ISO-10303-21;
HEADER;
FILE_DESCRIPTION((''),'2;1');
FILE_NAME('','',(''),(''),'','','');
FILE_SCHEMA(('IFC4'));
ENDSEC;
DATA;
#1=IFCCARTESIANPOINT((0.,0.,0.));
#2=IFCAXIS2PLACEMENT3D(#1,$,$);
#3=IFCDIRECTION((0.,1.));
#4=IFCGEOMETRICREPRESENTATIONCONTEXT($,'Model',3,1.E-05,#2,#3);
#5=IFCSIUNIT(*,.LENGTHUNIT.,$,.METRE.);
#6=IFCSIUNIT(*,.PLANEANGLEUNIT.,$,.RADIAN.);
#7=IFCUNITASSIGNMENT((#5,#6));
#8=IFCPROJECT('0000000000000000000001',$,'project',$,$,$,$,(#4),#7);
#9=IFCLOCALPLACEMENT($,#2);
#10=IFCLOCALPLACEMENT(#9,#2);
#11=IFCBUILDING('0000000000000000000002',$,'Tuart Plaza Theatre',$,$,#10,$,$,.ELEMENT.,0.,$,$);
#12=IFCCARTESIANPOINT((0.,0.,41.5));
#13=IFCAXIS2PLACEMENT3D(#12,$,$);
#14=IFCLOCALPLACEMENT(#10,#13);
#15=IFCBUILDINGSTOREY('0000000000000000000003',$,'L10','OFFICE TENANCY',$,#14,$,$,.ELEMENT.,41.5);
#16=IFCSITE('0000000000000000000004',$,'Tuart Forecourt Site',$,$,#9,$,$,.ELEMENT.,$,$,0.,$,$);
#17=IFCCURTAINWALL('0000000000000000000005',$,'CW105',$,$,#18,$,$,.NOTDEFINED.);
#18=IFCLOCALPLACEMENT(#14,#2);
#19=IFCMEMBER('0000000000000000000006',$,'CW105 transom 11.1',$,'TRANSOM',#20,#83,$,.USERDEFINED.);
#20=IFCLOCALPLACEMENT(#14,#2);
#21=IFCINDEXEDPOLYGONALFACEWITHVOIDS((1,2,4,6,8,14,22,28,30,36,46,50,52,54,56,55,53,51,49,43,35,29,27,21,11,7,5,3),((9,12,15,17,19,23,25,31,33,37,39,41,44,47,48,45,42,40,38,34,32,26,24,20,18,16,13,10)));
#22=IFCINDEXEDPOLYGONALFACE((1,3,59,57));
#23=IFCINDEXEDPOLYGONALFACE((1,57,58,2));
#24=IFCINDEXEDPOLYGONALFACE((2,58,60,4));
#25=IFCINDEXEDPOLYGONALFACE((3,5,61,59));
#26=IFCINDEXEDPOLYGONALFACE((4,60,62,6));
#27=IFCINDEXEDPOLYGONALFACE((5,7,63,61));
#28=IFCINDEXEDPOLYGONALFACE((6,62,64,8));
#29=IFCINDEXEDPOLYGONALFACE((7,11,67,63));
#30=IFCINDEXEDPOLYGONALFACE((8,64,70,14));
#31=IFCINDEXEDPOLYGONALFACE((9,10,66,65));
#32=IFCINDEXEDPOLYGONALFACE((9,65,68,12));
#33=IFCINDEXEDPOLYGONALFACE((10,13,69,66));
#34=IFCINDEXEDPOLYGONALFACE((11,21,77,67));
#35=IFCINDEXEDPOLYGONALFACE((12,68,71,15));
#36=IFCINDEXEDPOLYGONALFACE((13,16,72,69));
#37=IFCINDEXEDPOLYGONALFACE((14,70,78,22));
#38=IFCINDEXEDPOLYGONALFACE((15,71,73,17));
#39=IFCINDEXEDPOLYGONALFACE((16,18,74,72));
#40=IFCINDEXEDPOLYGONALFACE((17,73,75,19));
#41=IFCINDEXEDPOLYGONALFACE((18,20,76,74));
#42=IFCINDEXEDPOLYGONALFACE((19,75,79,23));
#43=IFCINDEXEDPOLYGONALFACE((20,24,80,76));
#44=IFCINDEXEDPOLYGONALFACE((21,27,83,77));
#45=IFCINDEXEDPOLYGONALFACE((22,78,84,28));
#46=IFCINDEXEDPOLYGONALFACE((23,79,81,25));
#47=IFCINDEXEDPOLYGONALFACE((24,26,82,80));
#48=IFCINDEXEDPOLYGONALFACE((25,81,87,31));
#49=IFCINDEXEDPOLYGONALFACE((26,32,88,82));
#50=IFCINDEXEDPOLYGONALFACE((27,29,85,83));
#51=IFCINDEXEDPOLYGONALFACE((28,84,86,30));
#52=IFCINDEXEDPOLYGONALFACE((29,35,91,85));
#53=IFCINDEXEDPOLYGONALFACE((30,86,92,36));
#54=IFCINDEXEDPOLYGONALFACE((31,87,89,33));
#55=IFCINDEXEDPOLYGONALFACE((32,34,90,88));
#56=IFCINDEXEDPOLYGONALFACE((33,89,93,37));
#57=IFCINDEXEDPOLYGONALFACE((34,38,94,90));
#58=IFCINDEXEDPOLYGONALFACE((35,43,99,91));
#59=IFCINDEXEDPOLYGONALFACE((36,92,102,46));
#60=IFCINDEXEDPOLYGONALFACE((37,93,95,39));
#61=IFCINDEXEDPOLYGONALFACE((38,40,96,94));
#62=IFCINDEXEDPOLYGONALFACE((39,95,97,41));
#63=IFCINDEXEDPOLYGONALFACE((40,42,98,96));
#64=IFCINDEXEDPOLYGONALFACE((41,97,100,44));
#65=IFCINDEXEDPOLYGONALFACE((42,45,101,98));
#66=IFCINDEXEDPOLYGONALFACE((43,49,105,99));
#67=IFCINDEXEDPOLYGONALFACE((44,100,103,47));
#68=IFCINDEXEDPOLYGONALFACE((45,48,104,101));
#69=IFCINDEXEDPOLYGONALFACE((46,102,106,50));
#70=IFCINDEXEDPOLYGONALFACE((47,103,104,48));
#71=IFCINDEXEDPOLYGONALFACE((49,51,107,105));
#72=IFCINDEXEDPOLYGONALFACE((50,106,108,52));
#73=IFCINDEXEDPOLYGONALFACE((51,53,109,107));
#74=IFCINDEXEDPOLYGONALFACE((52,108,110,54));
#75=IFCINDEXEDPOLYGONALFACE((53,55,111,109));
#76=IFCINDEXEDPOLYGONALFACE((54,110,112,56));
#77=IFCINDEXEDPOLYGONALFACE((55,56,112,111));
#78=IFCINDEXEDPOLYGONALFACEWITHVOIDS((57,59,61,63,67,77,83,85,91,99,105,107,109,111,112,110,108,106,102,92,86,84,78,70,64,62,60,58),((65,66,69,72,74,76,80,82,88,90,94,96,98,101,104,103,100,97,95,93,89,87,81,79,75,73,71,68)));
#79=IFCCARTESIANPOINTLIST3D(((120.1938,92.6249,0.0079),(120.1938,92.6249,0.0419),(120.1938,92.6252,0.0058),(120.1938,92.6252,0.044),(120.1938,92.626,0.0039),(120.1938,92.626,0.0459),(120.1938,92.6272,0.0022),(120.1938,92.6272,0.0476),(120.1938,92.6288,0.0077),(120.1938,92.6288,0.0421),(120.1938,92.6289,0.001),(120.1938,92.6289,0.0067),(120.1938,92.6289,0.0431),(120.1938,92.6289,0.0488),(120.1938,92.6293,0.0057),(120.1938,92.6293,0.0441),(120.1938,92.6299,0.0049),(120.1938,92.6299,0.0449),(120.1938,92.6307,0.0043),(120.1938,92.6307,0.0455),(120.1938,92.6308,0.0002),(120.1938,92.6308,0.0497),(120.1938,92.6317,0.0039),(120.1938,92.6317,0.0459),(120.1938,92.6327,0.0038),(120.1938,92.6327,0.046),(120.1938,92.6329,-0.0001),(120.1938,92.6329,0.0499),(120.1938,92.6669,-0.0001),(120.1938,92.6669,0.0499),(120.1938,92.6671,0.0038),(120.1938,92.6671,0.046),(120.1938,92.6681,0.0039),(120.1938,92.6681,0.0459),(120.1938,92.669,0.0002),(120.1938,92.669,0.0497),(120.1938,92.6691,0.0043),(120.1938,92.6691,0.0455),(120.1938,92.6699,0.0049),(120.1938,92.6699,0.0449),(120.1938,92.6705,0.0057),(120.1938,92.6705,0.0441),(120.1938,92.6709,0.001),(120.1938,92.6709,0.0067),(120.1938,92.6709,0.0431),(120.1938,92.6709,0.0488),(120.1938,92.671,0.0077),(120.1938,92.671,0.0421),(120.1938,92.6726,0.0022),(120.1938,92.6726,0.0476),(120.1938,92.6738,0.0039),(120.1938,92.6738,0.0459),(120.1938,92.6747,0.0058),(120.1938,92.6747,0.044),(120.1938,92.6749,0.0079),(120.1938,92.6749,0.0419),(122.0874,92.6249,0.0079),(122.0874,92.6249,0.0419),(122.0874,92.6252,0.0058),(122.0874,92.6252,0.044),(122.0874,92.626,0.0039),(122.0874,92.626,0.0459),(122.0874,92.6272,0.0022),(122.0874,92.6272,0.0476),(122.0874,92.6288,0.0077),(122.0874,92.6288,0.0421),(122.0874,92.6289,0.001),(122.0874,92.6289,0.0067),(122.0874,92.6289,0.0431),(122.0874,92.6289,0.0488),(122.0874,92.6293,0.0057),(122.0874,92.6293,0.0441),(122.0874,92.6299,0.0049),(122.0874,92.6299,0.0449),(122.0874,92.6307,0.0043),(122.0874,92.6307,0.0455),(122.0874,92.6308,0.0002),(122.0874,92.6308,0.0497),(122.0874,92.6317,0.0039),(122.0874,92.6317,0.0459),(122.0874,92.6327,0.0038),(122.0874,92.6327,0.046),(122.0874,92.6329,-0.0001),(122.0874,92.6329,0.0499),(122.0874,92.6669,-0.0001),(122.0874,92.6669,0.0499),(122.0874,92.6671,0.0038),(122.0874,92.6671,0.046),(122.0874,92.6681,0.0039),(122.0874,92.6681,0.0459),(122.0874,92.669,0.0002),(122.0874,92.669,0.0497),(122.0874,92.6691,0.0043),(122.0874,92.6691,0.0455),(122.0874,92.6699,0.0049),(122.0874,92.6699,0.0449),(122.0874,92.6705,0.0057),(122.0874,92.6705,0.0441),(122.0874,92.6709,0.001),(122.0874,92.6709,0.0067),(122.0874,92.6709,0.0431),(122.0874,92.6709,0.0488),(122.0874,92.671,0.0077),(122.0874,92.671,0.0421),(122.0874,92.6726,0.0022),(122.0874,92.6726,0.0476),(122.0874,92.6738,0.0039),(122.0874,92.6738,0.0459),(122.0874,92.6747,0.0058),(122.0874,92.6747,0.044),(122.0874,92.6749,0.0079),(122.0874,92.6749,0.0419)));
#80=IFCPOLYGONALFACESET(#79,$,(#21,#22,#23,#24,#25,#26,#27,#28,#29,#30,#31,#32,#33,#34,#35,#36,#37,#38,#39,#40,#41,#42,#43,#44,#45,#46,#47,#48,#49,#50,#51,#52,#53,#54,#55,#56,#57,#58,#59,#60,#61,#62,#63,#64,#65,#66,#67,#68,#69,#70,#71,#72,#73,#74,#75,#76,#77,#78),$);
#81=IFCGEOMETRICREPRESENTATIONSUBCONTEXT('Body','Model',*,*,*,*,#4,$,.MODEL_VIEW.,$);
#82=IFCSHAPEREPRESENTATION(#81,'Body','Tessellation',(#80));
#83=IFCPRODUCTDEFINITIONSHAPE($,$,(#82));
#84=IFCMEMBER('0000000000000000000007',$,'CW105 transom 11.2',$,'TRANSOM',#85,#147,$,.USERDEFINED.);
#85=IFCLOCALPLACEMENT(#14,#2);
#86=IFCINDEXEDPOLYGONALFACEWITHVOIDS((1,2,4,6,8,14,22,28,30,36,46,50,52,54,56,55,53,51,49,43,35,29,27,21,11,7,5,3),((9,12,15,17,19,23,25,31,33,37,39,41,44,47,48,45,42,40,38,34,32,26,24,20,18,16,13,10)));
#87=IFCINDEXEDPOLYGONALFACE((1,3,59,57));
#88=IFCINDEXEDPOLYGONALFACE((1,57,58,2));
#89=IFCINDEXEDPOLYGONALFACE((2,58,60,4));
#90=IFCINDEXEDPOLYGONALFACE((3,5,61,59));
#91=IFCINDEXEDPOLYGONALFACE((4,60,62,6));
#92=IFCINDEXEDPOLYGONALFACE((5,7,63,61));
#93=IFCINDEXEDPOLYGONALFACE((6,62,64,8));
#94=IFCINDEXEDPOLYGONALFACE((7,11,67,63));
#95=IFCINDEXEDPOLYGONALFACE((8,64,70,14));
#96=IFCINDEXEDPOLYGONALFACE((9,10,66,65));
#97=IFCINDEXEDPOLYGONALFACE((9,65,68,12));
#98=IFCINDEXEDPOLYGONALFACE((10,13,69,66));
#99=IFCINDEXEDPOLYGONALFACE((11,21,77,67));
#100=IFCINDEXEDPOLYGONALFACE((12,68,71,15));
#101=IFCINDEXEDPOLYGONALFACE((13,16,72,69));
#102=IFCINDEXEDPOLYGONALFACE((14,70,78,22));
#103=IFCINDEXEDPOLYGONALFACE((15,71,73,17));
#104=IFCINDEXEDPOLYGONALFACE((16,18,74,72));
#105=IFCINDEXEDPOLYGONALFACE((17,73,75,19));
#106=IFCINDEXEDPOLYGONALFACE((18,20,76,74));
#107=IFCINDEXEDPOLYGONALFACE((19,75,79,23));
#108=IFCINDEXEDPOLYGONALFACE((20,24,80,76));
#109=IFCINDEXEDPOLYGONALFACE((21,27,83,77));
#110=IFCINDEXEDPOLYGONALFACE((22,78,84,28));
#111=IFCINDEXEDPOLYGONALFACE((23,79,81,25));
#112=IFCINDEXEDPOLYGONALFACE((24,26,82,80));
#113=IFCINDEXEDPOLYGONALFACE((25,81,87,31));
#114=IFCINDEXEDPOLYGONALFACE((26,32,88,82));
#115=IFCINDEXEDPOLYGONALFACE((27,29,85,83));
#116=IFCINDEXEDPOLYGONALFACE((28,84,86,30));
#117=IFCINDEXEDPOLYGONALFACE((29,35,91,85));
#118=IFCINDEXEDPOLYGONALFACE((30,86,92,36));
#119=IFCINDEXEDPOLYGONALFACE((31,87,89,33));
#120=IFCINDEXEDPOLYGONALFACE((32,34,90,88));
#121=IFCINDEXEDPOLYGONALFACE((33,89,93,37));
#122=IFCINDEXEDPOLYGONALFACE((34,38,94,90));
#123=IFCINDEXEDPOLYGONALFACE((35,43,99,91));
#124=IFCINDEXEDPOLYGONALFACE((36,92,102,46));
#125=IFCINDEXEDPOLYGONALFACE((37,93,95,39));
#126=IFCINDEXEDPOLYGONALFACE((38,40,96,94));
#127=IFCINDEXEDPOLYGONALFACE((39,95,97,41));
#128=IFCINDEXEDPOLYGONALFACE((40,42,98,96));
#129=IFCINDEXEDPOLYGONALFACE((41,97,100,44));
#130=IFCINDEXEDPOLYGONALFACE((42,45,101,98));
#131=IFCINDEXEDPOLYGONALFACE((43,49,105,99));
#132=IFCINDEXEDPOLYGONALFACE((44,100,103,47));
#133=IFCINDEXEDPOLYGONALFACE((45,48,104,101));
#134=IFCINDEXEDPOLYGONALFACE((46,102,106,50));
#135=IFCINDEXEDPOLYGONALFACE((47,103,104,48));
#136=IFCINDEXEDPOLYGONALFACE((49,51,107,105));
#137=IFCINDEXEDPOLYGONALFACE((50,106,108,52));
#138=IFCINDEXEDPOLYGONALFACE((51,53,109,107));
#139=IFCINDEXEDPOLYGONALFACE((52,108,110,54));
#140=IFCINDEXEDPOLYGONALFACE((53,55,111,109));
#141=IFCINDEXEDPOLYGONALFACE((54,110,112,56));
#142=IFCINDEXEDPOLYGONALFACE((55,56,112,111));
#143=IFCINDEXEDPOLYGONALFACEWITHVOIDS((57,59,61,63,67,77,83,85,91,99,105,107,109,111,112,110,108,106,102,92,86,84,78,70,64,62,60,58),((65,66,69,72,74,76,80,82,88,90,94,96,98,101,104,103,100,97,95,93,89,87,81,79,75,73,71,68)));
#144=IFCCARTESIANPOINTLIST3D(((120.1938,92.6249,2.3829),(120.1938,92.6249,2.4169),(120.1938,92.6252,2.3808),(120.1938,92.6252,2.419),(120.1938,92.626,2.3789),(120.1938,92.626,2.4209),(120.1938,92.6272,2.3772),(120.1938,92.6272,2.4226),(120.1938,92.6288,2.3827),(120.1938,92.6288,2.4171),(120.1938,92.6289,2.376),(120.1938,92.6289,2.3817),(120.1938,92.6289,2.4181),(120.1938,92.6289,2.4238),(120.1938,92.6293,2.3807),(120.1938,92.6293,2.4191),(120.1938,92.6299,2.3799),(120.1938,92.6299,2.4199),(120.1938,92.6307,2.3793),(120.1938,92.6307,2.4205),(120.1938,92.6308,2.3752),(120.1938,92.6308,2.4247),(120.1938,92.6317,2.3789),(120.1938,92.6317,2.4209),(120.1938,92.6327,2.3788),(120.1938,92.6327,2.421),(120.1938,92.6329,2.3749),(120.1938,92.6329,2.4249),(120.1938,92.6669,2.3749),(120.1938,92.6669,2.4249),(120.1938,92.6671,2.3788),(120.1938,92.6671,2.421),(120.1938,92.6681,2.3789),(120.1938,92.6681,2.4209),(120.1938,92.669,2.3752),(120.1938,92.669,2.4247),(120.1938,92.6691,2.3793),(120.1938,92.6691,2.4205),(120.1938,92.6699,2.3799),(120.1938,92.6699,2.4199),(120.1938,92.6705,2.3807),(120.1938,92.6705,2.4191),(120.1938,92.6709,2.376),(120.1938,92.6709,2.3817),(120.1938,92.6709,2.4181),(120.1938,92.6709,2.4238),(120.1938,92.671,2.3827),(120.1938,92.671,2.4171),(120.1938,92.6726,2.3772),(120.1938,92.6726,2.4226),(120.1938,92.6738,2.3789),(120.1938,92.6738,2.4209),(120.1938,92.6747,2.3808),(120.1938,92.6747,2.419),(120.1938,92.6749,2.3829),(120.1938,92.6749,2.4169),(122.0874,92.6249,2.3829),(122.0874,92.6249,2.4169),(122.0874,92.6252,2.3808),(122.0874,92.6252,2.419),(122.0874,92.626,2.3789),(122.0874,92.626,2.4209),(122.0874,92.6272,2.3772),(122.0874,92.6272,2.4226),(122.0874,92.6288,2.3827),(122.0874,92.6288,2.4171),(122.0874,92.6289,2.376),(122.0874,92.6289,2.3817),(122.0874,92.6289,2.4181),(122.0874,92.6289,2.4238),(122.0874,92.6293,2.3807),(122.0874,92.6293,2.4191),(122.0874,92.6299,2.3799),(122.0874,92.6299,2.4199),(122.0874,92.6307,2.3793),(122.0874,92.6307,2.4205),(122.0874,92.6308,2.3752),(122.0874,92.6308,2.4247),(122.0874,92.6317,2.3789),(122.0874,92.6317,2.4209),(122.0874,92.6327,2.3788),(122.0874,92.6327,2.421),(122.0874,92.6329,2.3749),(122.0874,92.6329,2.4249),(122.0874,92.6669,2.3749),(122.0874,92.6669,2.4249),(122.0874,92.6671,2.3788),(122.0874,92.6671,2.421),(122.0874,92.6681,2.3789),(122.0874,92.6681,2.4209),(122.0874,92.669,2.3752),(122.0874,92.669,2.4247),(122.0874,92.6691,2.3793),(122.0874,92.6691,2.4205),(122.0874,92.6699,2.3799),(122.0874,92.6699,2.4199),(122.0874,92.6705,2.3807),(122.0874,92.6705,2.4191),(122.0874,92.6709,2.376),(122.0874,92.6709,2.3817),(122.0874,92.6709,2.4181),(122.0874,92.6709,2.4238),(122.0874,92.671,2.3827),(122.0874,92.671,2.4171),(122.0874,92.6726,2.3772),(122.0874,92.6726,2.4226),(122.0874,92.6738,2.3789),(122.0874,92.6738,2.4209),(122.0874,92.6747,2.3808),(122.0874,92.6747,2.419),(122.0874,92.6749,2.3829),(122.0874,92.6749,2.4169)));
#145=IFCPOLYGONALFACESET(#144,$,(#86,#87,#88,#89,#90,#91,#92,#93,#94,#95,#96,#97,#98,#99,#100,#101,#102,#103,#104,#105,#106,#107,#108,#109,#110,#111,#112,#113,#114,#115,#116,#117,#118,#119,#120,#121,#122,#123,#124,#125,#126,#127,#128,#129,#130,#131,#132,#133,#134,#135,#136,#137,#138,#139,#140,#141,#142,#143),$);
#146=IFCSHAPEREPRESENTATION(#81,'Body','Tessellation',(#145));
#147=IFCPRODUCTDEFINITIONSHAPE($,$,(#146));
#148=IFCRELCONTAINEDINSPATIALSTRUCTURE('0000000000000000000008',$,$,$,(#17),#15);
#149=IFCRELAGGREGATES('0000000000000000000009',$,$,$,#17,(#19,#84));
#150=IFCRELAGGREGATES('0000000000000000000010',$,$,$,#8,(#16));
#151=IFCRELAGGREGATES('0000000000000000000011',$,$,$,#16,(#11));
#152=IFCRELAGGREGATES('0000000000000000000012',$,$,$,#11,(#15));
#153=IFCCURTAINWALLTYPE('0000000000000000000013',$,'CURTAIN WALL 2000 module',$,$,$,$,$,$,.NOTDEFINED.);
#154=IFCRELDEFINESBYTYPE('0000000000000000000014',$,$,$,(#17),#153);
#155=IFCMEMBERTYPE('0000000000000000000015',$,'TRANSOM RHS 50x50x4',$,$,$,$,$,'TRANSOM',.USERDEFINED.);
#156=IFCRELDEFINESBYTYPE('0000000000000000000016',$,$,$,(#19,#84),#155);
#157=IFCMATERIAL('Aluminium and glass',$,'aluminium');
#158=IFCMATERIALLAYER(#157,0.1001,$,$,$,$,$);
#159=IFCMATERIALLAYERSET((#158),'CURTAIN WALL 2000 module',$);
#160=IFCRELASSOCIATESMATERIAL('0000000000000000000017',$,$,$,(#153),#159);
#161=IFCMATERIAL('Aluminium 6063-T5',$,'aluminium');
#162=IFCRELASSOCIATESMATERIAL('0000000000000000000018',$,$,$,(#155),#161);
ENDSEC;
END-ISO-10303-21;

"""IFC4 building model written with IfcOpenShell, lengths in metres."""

from ifc_helpers import new_model, si_unit, direction, frame, origin, origin_2d, place, context, subcontext, project, spatial, hollow_rectangle, extrude, material, layer, layer_set, material_profile, profile_set, type_object, element, aggregate, save


model = new_model("IFC4")

# Units and contexts
model_context = context("Model", 3, precision=1e-05, world=origin(), true_north=direction((0.0, 1.0)))
body_context = subcontext(model_context, "Body", "Model", "MODEL_VIEW")
ifc_project = project(units=[si_unit("LENGTHUNIT", "METRE"), si_unit("PLANEANGLEUNIT", "RADIAN")], contexts=[model_context])

# Site, building, storey
site_placement = place(None, origin())
site = spatial("IfcSite", under=ifc_project, at=site_placement, Name="Tuart Forecourt Site", CompositionType="ELEMENT", RefElevation=0.0)
building_placement = place(site_placement, origin())
building = spatial("IfcBuilding", under=site, at=building_placement, Name="Tuart Plaza Theatre", CompositionType="ELEMENT", ElevationOfRefHeight=0.0)
storey_placement = place(building_placement, frame((0.0, 0.0, 41.5)))
storey = spatial("IfcBuildingStorey", under=building, at=storey_placement, Name="L10", Description="OFFICE TENANCY", CompositionType="ELEMENT", Elevation=41.5)

# Curtain wall, members
ifc_material_1 = material(Name="Aluminium and glass", Category="aluminium")
ifc_layer_1 = layer(ifc_material_1, 0.1001)
ifc_layer_set_1 = layer_set([ifc_layer_1], Name="CURTAIN WALL 2000 module")
curtain_wall_type = type_object("IfcCurtainWallType", Name="CURTAIN WALL 2000 module", PredefinedType="NOTDEFINED", material=ifc_layer_set_1)
curtain_wall_placement = place(storey_placement, origin())
curtain_wall = element("IfcCurtainWall", 1, at=curtain_wall_placement, inside=storey, type_object=curtain_wall_type, Name="CW105", PredefinedType="NOTDEFINED")
ifc_material_2 = material(Name="Aluminium 6063-T5", Category="aluminium")
ifc_material_profile_1 = material_profile(ifc_material_2, hollow_rectangle(XDim=0.05, YDim=0.05, WallThickness=0.0039, InnerFilletRadius=0.0039, OuterFilletRadius=0.0081, at=origin_2d()), Name="RHS 50x50x4")
ifc_profile_set_1 = profile_set([ifc_material_profile_1], Name="Aluminium 6063-T5")
member_type_1 = type_object("IfcMemberType", Name="TRANSOM RHS 50x50x4", ElementType="TRANSOM", PredefinedType="USERDEFINED", material=ifc_profile_set_1)
member_1_placement = place(storey_placement, frame((122.0874, 92.6499, 0.0249), z_axis=(-1.0, 0.0, 0.0), x_axis=(0.0, -1.0, 0.0)))
member_1 = element("IfcMember", 2, at=member_1_placement, type_object=member_type_1, Name="CW105 transom 11.1", ObjectType="TRANSOM", PredefinedType="USERDEFINED", context=body_context, shape_type="SweptSolid", body=[
    extrude(hollow_rectangle(XDim=0.05, YDim=0.05, WallThickness=0.0039, InnerFilletRadius=0.0039, OuterFilletRadius=0.0081, at=origin_2d()), origin(), (0.0, 0.0, 1.0), 1.8936),
])
member_2_placement = place(storey_placement, frame((122.0874, 92.6499, 2.3999), z_axis=(-1.0, 0.0, 0.0), x_axis=(0.0, -1.0, 0.0)))
member_2 = element("IfcMember", 3, at=member_2_placement, type_object=member_type_1, Name="CW105 transom 11.2", ObjectType="TRANSOM", PredefinedType="USERDEFINED", context=body_context, shape_type="SweptSolid", body=[
    extrude(hollow_rectangle(XDim=0.05, YDim=0.05, WallThickness=0.0039, InnerFilletRadius=0.0039, OuterFilletRadius=0.0081, at=origin_2d()), origin(), (0.0, 0.0, 1.0), 1.8936),
])
aggregate(curtain_wall, [member_1, member_2])

save(model, "model.ifc")
